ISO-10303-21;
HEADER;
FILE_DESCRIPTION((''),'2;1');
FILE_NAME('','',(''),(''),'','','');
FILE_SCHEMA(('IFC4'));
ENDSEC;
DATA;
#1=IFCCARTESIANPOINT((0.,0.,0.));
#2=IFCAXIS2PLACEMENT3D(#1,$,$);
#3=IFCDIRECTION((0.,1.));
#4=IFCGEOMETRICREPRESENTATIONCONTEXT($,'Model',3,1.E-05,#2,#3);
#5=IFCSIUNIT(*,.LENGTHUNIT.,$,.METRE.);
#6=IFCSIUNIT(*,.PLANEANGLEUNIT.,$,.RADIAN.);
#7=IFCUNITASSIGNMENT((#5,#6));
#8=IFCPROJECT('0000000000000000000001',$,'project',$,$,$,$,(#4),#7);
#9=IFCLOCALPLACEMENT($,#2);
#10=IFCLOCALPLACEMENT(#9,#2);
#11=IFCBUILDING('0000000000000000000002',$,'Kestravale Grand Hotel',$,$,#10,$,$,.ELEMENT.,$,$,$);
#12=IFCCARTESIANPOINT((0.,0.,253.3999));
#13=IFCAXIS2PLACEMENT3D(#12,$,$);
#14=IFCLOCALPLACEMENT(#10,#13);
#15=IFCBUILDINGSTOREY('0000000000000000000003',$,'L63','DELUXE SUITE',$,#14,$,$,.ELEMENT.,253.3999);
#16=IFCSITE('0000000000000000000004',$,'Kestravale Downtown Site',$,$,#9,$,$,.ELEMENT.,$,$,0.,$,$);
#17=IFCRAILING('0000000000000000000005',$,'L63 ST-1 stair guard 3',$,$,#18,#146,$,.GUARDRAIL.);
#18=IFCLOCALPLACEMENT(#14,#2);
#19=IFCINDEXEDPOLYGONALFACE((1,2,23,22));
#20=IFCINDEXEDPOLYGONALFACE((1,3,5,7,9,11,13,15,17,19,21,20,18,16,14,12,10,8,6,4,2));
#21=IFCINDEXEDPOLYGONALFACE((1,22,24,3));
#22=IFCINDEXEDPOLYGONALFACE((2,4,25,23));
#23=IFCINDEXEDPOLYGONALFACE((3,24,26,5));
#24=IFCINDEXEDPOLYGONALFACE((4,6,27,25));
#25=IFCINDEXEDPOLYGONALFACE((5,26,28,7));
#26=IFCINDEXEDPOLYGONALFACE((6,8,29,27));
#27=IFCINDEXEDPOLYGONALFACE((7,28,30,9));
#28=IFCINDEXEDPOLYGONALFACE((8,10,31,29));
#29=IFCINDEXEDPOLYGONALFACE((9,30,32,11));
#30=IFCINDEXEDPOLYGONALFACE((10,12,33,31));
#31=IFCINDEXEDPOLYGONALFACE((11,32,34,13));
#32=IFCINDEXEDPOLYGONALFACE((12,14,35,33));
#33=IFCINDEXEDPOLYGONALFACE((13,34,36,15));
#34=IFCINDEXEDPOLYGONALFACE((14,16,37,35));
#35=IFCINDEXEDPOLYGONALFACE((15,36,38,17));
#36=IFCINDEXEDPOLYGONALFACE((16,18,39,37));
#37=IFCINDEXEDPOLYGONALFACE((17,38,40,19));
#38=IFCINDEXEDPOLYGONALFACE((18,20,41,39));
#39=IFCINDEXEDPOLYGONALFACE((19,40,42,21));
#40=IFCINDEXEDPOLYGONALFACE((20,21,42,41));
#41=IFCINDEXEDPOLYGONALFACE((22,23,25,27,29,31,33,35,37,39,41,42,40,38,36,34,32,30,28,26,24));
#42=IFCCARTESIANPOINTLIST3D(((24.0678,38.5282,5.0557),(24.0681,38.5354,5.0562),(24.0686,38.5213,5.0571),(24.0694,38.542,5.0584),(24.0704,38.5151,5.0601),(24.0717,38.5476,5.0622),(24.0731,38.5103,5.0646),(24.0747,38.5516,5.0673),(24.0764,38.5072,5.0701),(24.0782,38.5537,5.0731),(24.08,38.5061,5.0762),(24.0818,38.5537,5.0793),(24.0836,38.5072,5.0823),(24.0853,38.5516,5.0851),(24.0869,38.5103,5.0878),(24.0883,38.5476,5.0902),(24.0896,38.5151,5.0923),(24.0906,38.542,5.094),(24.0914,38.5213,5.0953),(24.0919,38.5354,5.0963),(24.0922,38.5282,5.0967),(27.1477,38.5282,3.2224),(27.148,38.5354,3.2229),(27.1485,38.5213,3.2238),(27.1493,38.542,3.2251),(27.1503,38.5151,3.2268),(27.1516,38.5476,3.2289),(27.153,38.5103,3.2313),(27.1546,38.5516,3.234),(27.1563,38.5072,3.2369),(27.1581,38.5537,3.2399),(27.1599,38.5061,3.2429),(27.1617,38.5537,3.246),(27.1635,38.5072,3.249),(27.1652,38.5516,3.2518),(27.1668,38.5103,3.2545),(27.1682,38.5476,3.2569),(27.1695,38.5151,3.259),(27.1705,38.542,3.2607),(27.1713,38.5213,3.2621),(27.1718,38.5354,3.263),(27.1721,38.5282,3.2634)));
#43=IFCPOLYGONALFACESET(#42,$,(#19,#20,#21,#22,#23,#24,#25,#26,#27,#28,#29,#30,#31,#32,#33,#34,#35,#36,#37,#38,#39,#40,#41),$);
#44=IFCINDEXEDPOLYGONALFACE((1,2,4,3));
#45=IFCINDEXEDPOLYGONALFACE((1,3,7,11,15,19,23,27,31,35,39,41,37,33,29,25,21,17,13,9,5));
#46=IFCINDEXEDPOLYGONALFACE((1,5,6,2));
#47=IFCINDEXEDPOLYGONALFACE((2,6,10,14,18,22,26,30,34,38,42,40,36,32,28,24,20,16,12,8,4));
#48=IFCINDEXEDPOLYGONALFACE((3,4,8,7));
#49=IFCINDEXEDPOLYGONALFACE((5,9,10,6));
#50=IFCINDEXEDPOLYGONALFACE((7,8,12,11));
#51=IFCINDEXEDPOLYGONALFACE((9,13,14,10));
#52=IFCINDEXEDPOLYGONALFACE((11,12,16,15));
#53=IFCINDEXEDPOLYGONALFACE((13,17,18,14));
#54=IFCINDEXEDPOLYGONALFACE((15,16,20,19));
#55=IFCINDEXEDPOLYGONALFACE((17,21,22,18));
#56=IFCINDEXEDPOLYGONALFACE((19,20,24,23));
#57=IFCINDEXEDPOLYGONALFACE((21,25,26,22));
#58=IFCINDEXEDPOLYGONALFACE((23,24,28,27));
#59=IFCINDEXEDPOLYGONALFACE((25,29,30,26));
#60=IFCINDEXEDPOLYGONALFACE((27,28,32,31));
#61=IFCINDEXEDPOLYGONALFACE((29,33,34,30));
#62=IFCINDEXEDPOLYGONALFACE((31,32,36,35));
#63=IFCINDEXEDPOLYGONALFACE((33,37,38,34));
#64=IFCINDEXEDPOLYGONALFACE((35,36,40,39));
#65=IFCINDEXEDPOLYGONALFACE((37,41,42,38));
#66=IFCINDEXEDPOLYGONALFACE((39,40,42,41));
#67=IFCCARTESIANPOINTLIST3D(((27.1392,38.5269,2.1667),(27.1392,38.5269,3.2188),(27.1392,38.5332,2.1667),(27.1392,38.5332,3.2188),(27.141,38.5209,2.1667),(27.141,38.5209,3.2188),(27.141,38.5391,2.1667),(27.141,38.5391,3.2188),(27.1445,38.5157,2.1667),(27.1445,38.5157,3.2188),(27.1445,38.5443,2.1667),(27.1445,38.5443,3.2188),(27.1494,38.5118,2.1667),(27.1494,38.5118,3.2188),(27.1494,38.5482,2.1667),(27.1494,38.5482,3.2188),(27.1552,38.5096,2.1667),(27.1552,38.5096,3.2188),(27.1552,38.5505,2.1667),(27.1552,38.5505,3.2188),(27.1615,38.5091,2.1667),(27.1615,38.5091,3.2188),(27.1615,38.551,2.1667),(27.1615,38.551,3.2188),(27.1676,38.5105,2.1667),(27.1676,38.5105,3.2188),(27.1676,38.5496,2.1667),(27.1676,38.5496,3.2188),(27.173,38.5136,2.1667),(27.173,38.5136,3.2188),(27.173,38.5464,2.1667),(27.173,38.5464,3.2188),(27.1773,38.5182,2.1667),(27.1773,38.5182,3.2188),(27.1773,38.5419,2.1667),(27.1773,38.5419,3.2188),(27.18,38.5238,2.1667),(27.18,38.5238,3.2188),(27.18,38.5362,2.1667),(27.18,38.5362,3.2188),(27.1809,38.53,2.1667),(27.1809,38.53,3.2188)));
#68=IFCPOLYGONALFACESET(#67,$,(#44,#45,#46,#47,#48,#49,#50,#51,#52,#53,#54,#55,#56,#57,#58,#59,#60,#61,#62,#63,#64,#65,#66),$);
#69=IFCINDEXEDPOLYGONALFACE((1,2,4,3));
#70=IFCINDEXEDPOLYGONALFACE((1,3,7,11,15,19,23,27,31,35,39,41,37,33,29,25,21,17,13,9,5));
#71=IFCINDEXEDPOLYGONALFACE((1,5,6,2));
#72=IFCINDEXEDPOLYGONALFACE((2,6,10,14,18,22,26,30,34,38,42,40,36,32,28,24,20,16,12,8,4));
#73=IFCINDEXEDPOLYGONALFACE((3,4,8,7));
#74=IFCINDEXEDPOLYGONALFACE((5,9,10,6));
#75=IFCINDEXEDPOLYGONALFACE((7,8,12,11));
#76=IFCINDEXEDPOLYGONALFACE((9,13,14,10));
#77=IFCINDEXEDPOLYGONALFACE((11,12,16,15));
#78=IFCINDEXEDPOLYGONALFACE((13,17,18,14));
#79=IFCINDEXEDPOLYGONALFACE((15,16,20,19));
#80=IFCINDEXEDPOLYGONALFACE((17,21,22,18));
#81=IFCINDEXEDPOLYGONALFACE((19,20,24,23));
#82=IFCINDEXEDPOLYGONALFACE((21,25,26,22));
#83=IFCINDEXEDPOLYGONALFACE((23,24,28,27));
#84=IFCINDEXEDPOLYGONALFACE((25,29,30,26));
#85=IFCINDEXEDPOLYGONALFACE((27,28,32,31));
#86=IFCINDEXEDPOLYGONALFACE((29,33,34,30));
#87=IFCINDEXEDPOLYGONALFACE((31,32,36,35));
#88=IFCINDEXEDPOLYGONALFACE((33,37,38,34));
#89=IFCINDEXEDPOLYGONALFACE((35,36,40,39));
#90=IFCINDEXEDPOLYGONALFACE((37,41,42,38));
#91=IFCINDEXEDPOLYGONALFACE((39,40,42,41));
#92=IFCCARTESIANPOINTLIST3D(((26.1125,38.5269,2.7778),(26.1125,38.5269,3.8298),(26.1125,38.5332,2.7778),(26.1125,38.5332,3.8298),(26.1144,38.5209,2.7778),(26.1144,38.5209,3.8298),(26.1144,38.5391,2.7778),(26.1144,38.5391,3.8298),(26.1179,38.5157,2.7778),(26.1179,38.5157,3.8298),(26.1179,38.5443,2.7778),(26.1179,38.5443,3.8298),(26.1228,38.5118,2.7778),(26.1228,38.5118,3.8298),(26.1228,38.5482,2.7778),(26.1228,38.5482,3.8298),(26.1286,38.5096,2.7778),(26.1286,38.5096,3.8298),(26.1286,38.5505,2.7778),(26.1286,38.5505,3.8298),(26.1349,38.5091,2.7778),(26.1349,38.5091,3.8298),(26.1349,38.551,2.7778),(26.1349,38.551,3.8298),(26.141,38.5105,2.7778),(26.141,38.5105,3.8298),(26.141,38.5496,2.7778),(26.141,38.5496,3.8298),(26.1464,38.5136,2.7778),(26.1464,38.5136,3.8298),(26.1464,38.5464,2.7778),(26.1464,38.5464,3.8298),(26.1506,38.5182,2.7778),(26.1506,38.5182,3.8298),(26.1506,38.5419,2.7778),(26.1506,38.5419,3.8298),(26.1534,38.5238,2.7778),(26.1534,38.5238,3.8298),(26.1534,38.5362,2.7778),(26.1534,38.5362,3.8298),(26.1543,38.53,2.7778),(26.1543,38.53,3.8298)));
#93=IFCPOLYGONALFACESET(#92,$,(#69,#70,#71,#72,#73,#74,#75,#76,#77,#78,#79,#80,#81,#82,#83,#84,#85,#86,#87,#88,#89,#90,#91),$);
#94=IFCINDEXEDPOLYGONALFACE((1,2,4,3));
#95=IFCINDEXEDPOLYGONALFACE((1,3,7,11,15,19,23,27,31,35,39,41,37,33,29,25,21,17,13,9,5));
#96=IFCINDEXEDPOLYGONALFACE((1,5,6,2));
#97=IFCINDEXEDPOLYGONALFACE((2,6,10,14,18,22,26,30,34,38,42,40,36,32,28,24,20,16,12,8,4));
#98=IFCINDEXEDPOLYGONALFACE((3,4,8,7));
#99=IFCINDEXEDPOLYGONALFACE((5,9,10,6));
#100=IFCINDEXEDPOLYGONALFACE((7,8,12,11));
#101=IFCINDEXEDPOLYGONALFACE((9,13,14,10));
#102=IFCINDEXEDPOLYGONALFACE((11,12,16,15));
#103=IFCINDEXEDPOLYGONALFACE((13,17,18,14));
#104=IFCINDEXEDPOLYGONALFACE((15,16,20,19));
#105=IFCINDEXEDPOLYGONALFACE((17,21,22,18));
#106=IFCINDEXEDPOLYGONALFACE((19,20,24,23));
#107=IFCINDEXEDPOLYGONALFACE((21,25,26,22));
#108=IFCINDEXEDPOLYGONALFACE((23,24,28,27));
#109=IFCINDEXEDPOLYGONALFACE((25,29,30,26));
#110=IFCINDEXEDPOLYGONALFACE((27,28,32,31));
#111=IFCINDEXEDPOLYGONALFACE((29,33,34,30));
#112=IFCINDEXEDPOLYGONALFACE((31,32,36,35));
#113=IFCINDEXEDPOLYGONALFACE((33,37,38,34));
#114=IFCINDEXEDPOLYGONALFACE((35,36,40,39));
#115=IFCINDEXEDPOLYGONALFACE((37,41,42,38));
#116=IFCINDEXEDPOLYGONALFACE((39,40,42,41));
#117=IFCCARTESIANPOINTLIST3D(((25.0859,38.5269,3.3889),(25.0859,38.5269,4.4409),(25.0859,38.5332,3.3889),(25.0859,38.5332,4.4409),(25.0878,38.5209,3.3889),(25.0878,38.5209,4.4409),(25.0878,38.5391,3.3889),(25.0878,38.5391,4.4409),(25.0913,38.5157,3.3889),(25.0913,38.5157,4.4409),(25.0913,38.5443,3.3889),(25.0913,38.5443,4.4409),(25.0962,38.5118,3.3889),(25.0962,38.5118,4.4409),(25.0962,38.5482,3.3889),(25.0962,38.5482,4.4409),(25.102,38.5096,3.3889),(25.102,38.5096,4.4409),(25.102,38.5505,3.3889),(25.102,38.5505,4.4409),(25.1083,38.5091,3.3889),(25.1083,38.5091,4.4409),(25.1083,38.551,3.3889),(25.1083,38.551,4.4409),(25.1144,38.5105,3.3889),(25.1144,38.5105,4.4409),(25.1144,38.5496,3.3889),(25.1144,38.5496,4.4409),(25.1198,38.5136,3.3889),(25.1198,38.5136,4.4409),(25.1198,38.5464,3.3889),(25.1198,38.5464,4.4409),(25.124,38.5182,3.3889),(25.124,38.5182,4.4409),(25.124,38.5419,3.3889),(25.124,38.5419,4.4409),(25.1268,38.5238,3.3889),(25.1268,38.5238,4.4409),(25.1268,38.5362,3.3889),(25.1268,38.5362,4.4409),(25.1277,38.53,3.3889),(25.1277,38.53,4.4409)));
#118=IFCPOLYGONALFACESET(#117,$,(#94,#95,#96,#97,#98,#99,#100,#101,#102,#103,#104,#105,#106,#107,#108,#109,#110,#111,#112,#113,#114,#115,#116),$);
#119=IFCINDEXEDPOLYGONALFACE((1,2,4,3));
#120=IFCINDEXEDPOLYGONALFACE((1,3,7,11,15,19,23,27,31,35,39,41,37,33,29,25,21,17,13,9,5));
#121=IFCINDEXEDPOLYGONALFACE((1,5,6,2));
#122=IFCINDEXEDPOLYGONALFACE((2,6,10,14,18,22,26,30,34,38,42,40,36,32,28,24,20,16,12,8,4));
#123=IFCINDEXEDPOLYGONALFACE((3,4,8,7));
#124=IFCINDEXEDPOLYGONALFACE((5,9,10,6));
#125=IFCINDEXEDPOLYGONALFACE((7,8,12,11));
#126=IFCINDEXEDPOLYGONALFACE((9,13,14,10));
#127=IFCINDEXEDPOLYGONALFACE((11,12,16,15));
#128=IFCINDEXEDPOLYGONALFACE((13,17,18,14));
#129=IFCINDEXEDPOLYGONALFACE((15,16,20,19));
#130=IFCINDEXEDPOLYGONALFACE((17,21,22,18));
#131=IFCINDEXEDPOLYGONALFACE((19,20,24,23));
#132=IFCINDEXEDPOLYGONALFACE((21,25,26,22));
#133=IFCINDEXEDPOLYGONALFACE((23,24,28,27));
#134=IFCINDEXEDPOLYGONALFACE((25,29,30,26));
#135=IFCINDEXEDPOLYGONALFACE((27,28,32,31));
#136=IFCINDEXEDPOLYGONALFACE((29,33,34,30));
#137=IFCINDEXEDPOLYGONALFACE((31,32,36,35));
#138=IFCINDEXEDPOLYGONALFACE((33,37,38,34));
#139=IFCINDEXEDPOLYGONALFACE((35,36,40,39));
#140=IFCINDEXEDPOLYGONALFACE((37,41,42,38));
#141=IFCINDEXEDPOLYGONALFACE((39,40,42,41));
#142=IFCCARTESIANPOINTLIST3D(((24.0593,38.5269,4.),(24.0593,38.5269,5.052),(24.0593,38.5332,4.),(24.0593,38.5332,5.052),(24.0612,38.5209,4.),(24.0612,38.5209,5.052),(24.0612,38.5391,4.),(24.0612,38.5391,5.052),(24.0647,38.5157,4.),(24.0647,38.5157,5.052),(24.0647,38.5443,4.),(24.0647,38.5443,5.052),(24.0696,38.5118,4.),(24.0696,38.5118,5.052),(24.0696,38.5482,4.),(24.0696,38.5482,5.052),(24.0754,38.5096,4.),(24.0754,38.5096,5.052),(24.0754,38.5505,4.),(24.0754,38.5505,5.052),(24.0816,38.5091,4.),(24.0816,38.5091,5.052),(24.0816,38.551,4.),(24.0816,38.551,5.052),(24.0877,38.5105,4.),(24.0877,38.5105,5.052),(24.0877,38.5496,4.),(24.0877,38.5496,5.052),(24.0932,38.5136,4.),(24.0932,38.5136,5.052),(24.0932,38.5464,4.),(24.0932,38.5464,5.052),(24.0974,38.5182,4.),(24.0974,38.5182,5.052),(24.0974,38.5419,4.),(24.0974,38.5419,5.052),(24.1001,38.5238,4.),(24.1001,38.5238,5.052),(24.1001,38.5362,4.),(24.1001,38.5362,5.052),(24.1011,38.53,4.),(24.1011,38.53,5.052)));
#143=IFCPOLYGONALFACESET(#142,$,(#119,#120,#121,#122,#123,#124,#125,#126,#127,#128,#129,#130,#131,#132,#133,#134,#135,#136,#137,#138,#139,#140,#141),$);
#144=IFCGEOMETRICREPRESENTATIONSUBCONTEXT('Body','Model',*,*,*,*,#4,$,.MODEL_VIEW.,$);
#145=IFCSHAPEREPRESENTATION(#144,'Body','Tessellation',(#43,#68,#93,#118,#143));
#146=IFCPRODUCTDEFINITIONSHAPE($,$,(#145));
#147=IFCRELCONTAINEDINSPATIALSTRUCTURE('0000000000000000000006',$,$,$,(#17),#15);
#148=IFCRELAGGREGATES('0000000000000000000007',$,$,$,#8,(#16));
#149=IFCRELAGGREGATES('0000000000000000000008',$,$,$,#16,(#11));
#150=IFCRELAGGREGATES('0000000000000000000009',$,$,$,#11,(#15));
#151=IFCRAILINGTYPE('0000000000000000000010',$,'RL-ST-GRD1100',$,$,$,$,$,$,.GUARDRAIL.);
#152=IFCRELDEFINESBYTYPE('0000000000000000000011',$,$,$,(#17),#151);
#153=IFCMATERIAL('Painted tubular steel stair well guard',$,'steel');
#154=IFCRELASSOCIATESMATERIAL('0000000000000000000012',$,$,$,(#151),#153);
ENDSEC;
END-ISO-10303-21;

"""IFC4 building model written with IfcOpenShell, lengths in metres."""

from ifc_helpers import new_model, si_unit, direction, frame, origin, origin_2d, place, context, subcontext, project, spatial, circle, extrude, material, type_object, element, save


model = new_model("IFC4")

# Units and contexts
model_context = context("Model", 3, precision=1e-05, world=origin(), true_north=direction((0.0, 1.0)))
body_context = subcontext(model_context, "Body", "Model", "MODEL_VIEW")
ifc_project = project(units=[si_unit("LENGTHUNIT", "METRE"), si_unit("PLANEANGLEUNIT", "RADIAN")], contexts=[model_context])

# Site, building, storey
site_placement = place(None, origin())
site = spatial("IfcSite", under=ifc_project, at=site_placement, Name="Kestravale Downtown Site", CompositionType="ELEMENT", RefElevation=0.0)
building_placement = place(site_placement, origin())
building = spatial("IfcBuilding", under=site, at=building_placement, Name="Kestravale Grand Hotel", CompositionType="ELEMENT")
storey_placement = place(building_placement, frame((0.0, 0.0, 253.3999)))
storey = spatial("IfcBuildingStorey", under=building, at=storey_placement, Name="L63", Description="DELUXE SUITE", CompositionType="ELEMENT", Elevation=253.3999)

# Railing
ifc_material_1 = material(Name="Painted tubular steel stair well guard", Category="steel")
railing_type_1 = type_object("IfcRailingType", Name="RL-ST-GRD1100", PredefinedType="GUARDRAIL", material=ifc_material_1)
railing_1_placement = place(storey_placement, frame((27.1599, 38.53, 2.1667)))
element("IfcRailing", 1, at=railing_1_placement, inside=storey, type_object=railing_type_1, Name="L63 ST-1 stair guard 3", PredefinedType="GUARDRAIL", context=body_context, shape_type="SweptSolid", body=[
    extrude(circle(Radius=0.0239, at=origin_2d()), frame((0.0, 0.0, 1.0762), z_axis=(-0.859291, 0.0, 0.511487), x_axis=(0.0, -1.0, 0.0)), (0.0, 0.0, 1.0), 3.5842),
    extrude(circle(Radius=0.021, at=origin_2d()), origin(), (0.0, 0.0, 1.0), 1.052),
    extrude(circle(Radius=0.021, at=origin_2d()), frame((-1.0266, 0.0, 0.6111)), (0.0, 0.0, 1.0), 1.052),
    extrude(circle(Radius=0.021, at=origin_2d()), frame((-2.0532, 0.0, 1.2222)), (0.0, 0.0, 1.0), 1.052),
    extrude(circle(Radius=0.021, at=origin_2d()), frame((-3.0798, 0.0, 1.8333)), (0.0, 0.0, 1.0), 1.052),
])

save(model, "model.ifc")
